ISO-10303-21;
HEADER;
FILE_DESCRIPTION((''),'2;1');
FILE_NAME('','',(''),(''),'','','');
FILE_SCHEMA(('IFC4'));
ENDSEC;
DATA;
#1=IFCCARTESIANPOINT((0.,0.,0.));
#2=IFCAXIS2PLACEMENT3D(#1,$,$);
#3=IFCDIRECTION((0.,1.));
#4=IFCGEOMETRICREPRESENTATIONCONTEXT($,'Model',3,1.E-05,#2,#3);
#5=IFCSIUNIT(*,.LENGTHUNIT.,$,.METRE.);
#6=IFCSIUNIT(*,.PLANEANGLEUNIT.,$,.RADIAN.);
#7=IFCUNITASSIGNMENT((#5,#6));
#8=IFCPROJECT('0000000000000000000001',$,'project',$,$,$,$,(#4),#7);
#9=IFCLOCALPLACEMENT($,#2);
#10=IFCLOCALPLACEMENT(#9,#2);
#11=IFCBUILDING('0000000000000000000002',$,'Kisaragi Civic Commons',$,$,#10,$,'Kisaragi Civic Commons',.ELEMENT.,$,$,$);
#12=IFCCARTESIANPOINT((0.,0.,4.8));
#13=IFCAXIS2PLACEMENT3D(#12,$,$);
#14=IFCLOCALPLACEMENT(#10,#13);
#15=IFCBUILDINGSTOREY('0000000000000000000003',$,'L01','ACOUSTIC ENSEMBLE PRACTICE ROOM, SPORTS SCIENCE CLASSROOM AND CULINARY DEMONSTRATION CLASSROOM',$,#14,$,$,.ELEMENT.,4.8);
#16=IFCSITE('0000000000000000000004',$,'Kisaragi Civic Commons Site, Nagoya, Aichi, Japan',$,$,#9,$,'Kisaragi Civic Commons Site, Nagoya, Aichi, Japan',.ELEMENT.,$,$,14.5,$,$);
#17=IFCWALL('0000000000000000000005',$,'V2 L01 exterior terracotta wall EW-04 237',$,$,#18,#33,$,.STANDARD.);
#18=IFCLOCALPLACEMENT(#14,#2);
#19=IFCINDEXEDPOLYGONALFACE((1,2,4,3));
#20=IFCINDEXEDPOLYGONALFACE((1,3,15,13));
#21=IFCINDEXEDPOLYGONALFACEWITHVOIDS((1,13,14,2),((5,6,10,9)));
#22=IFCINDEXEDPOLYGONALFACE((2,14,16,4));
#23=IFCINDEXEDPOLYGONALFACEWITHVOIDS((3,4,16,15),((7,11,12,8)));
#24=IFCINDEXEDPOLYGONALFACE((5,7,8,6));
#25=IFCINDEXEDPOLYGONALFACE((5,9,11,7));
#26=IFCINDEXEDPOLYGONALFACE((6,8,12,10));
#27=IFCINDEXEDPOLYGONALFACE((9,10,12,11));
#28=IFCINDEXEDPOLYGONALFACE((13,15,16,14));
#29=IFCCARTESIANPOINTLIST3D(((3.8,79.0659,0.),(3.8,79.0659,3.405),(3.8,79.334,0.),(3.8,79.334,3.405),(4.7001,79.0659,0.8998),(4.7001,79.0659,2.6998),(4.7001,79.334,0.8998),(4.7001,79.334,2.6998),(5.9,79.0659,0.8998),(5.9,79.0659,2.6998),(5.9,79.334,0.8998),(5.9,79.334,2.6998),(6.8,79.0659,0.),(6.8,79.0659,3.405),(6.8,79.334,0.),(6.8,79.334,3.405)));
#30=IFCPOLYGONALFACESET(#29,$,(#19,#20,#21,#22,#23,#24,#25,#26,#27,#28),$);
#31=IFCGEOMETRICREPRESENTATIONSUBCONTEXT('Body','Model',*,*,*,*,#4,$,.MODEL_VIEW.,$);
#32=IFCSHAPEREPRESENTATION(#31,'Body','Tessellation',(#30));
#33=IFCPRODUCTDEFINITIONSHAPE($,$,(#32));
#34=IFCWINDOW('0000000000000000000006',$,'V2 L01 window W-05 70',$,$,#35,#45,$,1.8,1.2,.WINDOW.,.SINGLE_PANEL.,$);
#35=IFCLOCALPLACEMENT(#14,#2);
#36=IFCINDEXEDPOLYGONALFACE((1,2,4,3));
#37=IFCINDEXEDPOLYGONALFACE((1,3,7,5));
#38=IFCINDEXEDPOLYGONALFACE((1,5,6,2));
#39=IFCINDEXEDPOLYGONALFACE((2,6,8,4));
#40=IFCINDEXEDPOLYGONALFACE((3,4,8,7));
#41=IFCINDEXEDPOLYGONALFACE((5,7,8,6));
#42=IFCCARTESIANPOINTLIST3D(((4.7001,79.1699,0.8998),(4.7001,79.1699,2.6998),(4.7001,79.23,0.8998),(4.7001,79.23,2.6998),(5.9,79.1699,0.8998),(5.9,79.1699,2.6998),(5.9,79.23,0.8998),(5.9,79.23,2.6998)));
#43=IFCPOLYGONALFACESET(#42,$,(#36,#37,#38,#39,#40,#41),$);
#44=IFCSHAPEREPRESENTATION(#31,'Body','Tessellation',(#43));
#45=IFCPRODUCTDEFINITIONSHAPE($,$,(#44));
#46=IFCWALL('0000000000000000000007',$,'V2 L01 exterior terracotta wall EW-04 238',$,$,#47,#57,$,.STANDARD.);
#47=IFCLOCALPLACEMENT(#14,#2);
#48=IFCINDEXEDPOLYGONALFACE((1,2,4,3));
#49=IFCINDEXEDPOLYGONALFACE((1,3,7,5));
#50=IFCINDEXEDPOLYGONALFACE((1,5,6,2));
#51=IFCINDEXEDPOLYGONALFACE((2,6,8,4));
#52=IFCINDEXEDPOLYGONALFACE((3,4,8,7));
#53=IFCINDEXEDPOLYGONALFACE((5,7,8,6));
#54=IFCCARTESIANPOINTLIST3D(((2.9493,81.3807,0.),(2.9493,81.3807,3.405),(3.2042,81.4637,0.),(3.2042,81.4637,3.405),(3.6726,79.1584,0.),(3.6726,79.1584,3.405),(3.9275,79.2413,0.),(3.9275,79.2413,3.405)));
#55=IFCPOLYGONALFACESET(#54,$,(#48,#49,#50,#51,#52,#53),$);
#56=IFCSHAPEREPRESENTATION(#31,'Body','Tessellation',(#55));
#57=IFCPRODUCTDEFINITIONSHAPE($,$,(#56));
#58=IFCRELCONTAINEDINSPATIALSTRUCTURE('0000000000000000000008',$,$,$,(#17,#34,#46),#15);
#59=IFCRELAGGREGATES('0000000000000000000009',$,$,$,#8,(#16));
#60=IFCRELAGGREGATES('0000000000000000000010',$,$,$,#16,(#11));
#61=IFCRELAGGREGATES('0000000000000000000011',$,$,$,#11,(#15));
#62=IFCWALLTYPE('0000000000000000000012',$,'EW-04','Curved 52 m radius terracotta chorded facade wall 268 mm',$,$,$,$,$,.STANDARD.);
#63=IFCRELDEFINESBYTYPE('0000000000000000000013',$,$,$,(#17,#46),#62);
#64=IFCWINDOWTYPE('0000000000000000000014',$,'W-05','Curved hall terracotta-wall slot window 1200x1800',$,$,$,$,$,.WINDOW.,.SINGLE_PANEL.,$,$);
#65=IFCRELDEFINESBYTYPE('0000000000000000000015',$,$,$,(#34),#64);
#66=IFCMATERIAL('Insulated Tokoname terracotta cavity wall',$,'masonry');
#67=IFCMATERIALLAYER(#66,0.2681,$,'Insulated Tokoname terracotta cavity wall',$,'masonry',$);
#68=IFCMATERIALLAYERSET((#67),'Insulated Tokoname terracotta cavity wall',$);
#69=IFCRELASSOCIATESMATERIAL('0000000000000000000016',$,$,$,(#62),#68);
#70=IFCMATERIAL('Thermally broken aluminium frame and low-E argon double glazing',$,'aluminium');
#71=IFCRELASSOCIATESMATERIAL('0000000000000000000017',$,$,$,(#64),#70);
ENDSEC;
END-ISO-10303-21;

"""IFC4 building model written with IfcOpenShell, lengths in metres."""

from ifc_helpers import new_model, si_unit, direction, frame, frame_2d, origin, place, context, subcontext, project, spatial, rectangle, extrude, material, layer, layer_set, type_object, element, fill, save


model = new_model("IFC4")

# Units and contexts
model_context = context("Model", 3, precision=1e-05, world=origin(), true_north=direction((0.0, 1.0)))
body_context = subcontext(model_context, "Body", "Model", "MODEL_VIEW")
ifc_project = project(units=[si_unit("LENGTHUNIT", "METRE"), si_unit("PLANEANGLEUNIT", "RADIAN")], contexts=[model_context])

# Site, building, storey
site_placement = place(None, origin())
site = spatial("IfcSite", under=ifc_project, at=site_placement, Name="Kisaragi Civic Commons Site, Nagoya, Aichi, Japan", LongName="Kisaragi Civic Commons Site, Nagoya, Aichi, Japan", CompositionType="ELEMENT", RefElevation=14.5)
building_placement = place(site_placement, origin())
building = spatial("IfcBuilding", under=site, at=building_placement, Name="Kisaragi Civic Commons", LongName="Kisaragi Civic Commons", CompositionType="ELEMENT")
storey_placement = place(building_placement, frame((0.0, 0.0, 4.8)))
storey = spatial("IfcBuildingStorey", under=building, at=storey_placement, Name="L01", Description="ACOUSTIC ENSEMBLE PRACTICE ROOM, SPORTS SCIENCE CLASSROOM AND CULINARY DEMONSTRATION CLASSROOM", CompositionType="ELEMENT", Elevation=4.8)

# Wall, opening, window
ifc_material_1 = material(Name="Insulated Tokoname terracotta cavity wall", Category="masonry")
ifc_layer_1 = layer(ifc_material_1, 0.2681, Name="Insulated Tokoname terracotta cavity wall", Category="masonry")
ifc_layer_set_1 = layer_set([ifc_layer_1], Name="Insulated Tokoname terracotta cavity wall")
wall_type = type_object("IfcWallType", Name="EW-04", Description="Curved 52 m radius terracotta chorded facade wall 268 mm", PredefinedType="STANDARD", material=ifc_layer_set_1)
wall_1_placement = place(storey_placement, frame((6.8, 79.2, 0.0), z_axis=(0.0, 0.0, 1.0), x_axis=(-1.0, 0.0, 0.0)))
wall_1 = element("IfcWall", 1, at=wall_1_placement, inside=storey, type_object=wall_type, Name="V2 L01 exterior terracotta wall EW-04 237", PredefinedType="STANDARD", context=body_context, shape_type="SweptSolid", body=[
    extrude(rectangle(XDim=3.0, YDim=0.2681, at=frame_2d((1.5, 0.0))), origin(), (0.0, 0.0, 1.0), 3.405),
])
opening_placement = place(wall_1_placement, frame((0.8999, 0.0, 0.8999)))
opening = element("IfcOpeningElement", 2, at=opening_placement, cuts=wall_1, PredefinedType="OPENING", context=body_context, shape_type="SweptSolid", body=[
    extrude(rectangle(XDim=1.2, YDim=1.8, at=frame_2d((0.6001, 0.8999))), frame((0.0, 0.144, 0.0), z_axis=(0.0, -1.0, 0.0), x_axis=(1.0, 0.0, 0.0)), (0.0, 0.0, 1.0), 0.2881),
])
ifc_material_2 = material(Name="Thermally broken aluminium frame and low-E argon double glazing", Category="aluminium")
window_type = type_object("IfcWindowType", Name="W-05", Description="Curved hall terracotta-wall slot window 1200x1800", PartitioningType="SINGLE_PANEL", PredefinedType="WINDOW", material=ifc_material_2)
window_placement = place(opening_placement, origin())
window = element("IfcWindow", 3, at=window_placement, inside=storey, type_object=window_type, Name="V2 L01 window W-05 70", OverallHeight=1.8, OverallWidth=1.2, PartitioningType="SINGLE_PANEL", PredefinedType="WINDOW", context=body_context, shape_type="SweptSolid", body=[
    extrude(rectangle(XDim=1.2, YDim=1.8, at=frame_2d((0.6001, 0.8999))), frame((0.0, 0.03, 0.0), z_axis=(0.0, -1.0, 0.0), x_axis=(1.0, 0.0, 0.0)), (0.0, 0.0, 1.0), 0.0601),
])
fill(opening, window)

# Wall
wall_2_placement = place(storey_placement, frame((3.8, 79.2, 0.0), z_axis=(0.0, 0.0, 1.0), x_axis=(-0.309514, 0.950895, 0.0)))
element("IfcWall", 4, at=wall_2_placement, inside=storey, type_object=wall_type, Name="V2 L01 exterior terracotta wall EW-04 238", PredefinedType="STANDARD", context=body_context, shape_type="SweptSolid", body=[
    extrude(rectangle(XDim=2.3372, YDim=0.2681, at=frame_2d((1.1685, 0.0))), origin(), (0.0, 0.0, 1.0), 3.405),
])

save(model, "model.ifc")
